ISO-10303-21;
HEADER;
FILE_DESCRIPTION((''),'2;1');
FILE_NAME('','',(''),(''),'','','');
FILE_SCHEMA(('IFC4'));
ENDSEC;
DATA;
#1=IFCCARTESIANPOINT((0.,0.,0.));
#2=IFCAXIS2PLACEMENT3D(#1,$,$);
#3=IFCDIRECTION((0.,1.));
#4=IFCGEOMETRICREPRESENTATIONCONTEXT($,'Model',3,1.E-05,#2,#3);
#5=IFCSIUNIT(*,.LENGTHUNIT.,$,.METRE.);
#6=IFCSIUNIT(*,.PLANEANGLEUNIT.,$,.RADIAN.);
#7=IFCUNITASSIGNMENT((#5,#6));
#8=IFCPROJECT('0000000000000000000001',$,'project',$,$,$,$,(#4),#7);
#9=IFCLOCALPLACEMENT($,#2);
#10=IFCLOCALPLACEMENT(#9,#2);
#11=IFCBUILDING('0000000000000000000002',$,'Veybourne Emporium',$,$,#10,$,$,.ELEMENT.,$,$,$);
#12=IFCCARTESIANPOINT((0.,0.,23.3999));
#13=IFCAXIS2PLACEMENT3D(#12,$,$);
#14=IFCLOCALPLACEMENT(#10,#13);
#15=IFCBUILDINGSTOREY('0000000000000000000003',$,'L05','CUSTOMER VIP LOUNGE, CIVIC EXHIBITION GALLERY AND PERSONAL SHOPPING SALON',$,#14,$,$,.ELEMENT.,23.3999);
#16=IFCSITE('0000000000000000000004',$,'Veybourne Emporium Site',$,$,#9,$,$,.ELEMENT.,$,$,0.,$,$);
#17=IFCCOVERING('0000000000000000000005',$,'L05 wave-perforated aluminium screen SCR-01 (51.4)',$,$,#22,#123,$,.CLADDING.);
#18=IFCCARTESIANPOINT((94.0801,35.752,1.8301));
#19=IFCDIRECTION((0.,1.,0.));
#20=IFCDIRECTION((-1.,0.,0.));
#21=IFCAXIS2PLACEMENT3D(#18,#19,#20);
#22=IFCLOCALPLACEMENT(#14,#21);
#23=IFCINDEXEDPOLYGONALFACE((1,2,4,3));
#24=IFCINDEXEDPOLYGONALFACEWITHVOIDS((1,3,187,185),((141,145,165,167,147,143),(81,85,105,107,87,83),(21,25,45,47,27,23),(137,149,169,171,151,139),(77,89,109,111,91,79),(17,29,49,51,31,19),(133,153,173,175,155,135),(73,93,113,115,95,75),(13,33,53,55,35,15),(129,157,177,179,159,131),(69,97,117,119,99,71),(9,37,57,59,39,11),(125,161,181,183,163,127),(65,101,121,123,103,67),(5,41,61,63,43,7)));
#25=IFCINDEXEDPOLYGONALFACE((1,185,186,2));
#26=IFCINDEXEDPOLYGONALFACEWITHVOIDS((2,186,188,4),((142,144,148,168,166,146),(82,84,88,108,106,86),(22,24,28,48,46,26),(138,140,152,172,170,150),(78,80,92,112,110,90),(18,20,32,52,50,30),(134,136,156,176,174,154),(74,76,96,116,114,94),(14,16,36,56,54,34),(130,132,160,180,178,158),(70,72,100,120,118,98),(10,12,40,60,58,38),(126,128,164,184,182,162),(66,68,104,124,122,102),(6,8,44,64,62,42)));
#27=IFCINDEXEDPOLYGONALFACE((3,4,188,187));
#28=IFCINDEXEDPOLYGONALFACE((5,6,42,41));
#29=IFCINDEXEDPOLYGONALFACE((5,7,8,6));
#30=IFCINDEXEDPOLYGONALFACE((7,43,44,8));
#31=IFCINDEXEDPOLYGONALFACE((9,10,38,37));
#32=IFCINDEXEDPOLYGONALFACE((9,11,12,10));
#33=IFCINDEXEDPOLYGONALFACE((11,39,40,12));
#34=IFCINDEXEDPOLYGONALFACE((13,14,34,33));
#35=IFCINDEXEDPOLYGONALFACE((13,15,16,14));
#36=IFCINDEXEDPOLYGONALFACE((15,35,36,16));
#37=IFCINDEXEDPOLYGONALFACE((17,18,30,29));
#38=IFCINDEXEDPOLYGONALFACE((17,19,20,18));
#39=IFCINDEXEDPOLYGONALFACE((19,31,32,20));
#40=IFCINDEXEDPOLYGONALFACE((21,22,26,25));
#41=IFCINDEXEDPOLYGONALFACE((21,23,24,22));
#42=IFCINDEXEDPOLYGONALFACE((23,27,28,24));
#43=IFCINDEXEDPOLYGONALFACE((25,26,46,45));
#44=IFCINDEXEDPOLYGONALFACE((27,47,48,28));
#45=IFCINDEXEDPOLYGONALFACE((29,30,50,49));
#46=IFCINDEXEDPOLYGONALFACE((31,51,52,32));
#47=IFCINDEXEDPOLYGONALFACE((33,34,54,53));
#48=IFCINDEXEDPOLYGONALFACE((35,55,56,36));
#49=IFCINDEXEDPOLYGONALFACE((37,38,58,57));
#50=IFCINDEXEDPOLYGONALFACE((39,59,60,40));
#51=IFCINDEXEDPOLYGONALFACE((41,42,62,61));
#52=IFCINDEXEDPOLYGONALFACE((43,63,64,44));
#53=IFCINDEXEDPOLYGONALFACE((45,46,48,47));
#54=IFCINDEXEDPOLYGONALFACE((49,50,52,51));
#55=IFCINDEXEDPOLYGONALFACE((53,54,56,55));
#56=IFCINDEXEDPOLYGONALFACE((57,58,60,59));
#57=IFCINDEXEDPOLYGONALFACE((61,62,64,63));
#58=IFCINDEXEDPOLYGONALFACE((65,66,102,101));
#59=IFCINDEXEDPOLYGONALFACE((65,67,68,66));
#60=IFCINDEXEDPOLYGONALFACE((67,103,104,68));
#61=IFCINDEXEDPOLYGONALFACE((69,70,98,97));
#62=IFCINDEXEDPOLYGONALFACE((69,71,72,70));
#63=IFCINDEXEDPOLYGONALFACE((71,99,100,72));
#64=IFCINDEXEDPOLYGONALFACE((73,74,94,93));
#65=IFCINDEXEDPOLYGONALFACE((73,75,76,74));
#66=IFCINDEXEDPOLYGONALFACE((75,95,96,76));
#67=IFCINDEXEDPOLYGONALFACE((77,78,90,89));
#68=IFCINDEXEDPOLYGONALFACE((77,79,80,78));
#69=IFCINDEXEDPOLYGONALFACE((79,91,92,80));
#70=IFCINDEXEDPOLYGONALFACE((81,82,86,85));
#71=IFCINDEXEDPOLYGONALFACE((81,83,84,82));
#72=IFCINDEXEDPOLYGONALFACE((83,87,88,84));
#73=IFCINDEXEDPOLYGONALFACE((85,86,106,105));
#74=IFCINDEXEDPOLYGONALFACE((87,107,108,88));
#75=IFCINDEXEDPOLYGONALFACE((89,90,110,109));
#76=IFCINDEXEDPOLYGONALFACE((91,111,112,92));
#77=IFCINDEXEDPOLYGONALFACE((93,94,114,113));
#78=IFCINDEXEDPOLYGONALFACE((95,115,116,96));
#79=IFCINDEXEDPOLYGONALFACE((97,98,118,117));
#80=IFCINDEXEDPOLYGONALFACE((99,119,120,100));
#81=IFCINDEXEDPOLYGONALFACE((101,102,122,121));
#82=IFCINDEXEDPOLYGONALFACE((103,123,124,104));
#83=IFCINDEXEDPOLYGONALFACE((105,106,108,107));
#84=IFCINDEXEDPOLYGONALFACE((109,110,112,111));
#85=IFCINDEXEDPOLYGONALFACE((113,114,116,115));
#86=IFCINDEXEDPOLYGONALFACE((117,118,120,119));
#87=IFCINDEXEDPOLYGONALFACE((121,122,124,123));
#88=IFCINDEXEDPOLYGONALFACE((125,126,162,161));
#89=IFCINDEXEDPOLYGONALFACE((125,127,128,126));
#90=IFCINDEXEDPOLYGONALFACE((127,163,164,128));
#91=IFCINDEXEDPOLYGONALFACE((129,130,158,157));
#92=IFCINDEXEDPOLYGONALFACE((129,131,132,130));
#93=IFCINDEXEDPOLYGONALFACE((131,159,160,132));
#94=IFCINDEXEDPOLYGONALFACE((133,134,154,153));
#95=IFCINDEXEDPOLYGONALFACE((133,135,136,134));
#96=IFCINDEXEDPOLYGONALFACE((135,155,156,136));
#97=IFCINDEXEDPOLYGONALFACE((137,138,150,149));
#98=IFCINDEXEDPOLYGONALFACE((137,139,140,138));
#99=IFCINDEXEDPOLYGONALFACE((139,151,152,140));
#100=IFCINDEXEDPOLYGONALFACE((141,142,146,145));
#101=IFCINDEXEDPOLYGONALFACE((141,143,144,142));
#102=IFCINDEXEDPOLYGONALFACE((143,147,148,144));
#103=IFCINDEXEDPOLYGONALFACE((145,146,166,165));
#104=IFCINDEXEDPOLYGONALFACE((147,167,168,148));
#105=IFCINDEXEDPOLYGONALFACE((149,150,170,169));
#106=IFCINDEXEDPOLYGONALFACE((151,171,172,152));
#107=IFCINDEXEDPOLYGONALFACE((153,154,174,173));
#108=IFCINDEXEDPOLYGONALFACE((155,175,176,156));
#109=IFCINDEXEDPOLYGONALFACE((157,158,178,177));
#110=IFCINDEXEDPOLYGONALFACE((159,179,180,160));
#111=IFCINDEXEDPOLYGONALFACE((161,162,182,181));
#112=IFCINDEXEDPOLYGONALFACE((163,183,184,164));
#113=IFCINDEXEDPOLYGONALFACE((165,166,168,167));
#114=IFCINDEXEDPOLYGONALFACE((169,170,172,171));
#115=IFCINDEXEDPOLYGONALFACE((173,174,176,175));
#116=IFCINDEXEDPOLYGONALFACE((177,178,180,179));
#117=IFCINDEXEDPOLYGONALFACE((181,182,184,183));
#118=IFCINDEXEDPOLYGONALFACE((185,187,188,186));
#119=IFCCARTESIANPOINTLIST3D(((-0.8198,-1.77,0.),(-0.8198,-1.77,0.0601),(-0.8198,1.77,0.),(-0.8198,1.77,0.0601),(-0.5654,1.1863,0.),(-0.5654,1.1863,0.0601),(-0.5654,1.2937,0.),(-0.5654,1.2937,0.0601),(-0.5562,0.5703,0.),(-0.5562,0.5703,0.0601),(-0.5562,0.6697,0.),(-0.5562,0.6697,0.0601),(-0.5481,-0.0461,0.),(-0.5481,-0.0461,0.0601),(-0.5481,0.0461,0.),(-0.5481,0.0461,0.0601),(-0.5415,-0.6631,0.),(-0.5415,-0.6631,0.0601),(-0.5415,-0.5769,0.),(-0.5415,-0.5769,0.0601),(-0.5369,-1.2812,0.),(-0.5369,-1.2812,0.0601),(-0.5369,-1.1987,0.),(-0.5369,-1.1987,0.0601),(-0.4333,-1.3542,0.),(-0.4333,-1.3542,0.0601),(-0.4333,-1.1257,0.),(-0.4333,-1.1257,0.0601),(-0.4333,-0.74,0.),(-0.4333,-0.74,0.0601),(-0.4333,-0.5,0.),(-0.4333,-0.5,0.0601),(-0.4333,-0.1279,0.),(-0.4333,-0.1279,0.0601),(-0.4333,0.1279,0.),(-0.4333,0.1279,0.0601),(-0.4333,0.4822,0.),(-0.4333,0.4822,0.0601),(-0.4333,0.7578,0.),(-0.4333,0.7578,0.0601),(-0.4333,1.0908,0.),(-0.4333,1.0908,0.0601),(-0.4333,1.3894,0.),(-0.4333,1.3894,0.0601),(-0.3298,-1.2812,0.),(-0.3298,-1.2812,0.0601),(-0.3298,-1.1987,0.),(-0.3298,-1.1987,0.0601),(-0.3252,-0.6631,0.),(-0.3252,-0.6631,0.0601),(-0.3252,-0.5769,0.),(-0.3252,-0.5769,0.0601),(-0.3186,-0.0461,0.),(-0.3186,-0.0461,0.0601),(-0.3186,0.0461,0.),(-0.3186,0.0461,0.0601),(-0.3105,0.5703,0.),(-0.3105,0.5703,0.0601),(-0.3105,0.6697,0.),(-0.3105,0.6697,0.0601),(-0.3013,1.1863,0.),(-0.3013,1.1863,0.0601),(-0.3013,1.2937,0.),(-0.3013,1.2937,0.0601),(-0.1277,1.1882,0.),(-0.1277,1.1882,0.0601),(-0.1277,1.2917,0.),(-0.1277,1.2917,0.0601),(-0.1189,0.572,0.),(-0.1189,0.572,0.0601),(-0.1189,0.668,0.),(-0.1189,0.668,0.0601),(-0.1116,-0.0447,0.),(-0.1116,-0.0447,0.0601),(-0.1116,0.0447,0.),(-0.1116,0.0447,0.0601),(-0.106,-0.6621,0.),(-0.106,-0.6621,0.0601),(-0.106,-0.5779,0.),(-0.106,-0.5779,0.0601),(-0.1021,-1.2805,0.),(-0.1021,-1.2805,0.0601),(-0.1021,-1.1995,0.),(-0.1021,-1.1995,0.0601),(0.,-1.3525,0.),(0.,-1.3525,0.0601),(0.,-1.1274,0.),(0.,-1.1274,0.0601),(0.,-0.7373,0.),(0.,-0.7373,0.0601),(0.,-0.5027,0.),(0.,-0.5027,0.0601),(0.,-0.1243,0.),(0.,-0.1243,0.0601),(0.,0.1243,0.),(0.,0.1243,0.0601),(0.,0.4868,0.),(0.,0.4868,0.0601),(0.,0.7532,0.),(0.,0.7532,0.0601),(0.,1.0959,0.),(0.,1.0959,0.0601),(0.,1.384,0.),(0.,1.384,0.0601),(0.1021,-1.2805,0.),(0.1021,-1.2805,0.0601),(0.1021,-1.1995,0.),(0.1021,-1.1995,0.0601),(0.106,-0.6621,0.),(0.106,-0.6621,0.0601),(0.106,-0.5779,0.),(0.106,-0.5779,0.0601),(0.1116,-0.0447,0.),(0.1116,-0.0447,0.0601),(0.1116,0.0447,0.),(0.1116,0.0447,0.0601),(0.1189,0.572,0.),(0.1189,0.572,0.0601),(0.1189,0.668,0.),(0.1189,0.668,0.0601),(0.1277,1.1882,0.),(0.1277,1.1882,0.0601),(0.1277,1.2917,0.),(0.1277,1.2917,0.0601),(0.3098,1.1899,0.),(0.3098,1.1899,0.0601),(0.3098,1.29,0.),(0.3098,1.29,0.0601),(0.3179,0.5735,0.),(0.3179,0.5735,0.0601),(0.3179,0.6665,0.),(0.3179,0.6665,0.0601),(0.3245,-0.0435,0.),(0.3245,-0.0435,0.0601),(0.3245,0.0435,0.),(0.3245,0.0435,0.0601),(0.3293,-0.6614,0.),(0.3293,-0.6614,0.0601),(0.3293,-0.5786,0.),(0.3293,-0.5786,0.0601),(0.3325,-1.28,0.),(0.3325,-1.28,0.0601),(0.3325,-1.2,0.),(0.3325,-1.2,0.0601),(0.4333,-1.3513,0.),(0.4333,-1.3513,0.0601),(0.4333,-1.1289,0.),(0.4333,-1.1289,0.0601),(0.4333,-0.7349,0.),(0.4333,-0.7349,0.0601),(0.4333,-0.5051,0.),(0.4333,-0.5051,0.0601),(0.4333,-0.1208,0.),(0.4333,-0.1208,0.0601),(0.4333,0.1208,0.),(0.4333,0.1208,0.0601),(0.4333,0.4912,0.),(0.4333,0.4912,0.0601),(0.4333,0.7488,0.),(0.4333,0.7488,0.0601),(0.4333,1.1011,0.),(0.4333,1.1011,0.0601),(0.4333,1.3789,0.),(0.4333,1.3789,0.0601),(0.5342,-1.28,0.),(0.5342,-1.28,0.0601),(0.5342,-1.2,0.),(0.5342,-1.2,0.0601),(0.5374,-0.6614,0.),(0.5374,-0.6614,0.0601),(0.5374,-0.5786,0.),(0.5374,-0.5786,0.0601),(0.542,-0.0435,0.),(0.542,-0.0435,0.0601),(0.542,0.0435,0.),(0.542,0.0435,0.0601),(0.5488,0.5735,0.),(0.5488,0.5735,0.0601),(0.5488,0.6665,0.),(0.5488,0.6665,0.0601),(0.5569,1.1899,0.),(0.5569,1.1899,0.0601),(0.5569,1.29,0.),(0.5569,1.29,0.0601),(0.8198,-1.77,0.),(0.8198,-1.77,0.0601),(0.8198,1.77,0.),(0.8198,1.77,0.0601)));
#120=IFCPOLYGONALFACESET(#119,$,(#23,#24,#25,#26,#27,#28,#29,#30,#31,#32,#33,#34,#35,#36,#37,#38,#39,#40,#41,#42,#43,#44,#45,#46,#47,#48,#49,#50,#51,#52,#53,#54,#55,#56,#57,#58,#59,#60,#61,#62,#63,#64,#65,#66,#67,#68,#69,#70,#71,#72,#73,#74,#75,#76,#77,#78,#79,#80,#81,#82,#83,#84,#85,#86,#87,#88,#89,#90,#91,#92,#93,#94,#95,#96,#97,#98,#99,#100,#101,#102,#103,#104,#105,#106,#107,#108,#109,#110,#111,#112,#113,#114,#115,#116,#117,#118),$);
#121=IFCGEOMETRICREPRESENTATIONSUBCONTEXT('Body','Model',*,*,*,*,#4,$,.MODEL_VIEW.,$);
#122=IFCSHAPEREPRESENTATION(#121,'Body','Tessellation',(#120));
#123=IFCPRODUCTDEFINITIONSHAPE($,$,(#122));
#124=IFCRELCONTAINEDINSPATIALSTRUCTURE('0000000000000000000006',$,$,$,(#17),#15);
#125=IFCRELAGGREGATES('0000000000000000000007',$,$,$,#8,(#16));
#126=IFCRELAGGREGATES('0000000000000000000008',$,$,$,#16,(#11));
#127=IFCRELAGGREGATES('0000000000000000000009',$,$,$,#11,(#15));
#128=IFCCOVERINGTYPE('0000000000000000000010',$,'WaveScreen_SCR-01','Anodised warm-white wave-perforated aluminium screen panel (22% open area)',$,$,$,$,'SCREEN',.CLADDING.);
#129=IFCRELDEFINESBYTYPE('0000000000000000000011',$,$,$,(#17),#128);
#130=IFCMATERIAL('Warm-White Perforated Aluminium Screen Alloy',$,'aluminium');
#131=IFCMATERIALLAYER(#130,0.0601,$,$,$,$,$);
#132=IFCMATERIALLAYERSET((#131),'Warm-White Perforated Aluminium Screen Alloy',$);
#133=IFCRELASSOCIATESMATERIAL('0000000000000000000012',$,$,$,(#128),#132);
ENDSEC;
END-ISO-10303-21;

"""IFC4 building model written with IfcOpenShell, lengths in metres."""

from ifc_helpers import new_model, si_unit, direction, frame, origin, place, context, subcontext, project, spatial, polyline, outline, extrude, material, layer, layer_set, type_object, element, save


model = new_model("IFC4")

# Units and contexts
model_context = context("Model", 3, precision=1e-05, world=origin(), true_north=direction((0.0, 1.0)))
body_context = subcontext(model_context, "Body", "Model", "MODEL_VIEW")
ifc_project = project(units=[si_unit("LENGTHUNIT", "METRE"), si_unit("PLANEANGLEUNIT", "RADIAN")], contexts=[model_context])

# Site, building, storey
site_placement = place(None, origin())
site = spatial("IfcSite", under=ifc_project, at=site_placement, Name="Veybourne Emporium Site", CompositionType="ELEMENT", RefElevation=0.0)
building_placement = place(site_placement, origin())
building = spatial("IfcBuilding", under=site, at=building_placement, Name="Veybourne Emporium", CompositionType="ELEMENT")
storey_placement = place(building_placement, frame((0.0, 0.0, 23.3999)))
storey = spatial("IfcBuildingStorey", under=building, at=storey_placement, Name="L05", Description="CUSTOMER VIP LOUNGE, CIVIC EXHIBITION GALLERY AND PERSONAL SHOPPING SALON", CompositionType="ELEMENT", Elevation=23.3999)

# Covering
ifc_material_1 = material(Name="Warm-White Perforated Aluminium Screen Alloy", Category="aluminium")
ifc_layer_1 = layer(ifc_material_1, 0.0601)
ifc_layer_set_1 = layer_set([ifc_layer_1], Name="Warm-White Perforated Aluminium Screen Alloy")
covering_type_1 = type_object("IfcCoveringType", Name="WaveScreen_SCR-01", Description="Anodised warm-white wave-perforated aluminium screen panel (22% open area)", ElementType="SCREEN", PredefinedType="CLADDING", material=ifc_layer_set_1)
covering_1_placement = place(storey_placement, frame((94.0801, 35.752, 1.8301), z_axis=(0.0, 1.0, 0.0), x_axis=(-1.0, 0.0, 0.0)))
element("IfcCovering", 1, at=covering_1_placement, inside=storey, type_object=covering_type_1, Name="L05 wave-perforated aluminium screen SCR-01 (51.4)", PredefinedType="CLADDING", context=body_context, shape_type="SweptSolid", body=[
    extrude(outline(polyline([(-0.8198, -1.77), (0.8198, -1.77), (0.8198, 1.77), (-0.8198, 1.77), (-0.8198, -1.77)]), holes=[polyline([(-0.4333, -1.1257), (-0.3298, -1.1987), (-0.3298, -1.2812), (-0.4333, -1.3542), (-0.5369, -1.2812), (-0.5369, -1.1987), (-0.4333, -1.1257)]), polyline([(-0.4333, -0.5), (-0.3252, -0.5769), (-0.3252, -0.6631), (-0.4333, -0.74), (-0.5415, -0.6631), (-0.5415, -0.5769), (-0.4333, -0.5)]), polyline([(-0.4333, 0.1279), (-0.3186, 0.0461), (-0.3186, -0.0461), (-0.4333, -0.1279), (-0.5481, -0.0461), (-0.5481, 0.0461), (-0.4333, 0.1279)]), polyline([(-0.4333, 0.7578), (-0.3105, 0.6697), (-0.3105, 0.5703), (-0.4333, 0.4822), (-0.5562, 0.5703), (-0.5562, 0.6697), (-0.4333, 0.7578)]), polyline([(-0.4333, 1.3894), (-0.3013, 1.2937), (-0.3013, 1.1863), (-0.4333, 1.0908), (-0.5654, 1.1863), (-0.5654, 1.2937), (-0.4333, 1.3894)]), polyline([(0.0, -1.1274), (0.1021, -1.1995), (0.1021, -1.2805), (0.0, -1.3525), (-0.1021, -1.2805), (-0.1021, -1.1995), (0.0, -1.1274)]), polyline([(0.0, -0.5027), (0.106, -0.5779), (0.106, -0.6621), (0.0, -0.7373), (-0.106, -0.6621), (-0.106, -0.5779), (0.0, -0.5027)]), polyline([(0.0, 0.1243), (0.1116, 0.0447), (0.1116, -0.0447), (0.0, -0.1243), (-0.1116, -0.0447), (-0.1116, 0.0447), (0.0, 0.1243)]), polyline([(0.0, 0.7532), (0.1189, 0.668), (0.1189, 0.572), (0.0, 0.4868), (-0.1189, 0.572), (-0.1189, 0.668), (0.0, 0.7532)]), polyline([(0.0, 1.384), (0.1277, 1.2917), (0.1277, 1.1882), (0.0, 1.0959), (-0.1277, 1.1882), (-0.1277, 1.2917), (0.0, 1.384)]), polyline([(0.4333, -1.1289), (0.5342, -1.2), (0.5342, -1.28), (0.4333, -1.3513), (0.3325, -1.28), (0.3325, -1.2), (0.4333, -1.1289)]), polyline([(0.4333, -0.5051), (0.5374, -0.5786), (0.5374, -0.6614), (0.4333, -0.7349), (0.3293, -0.6614), (0.3293, -0.5786), (0.4333, -0.5051)]), polyline([(0.4333, 0.1208), (0.542, 0.0435), (0.542, -0.0435), (0.4333, -0.1208), (0.3245, -0.0435), (0.3245, 0.0435), (0.4333, 0.1208)]), polyline([(0.4333, 0.7488), (0.5488, 0.6665), (0.5488, 0.5735), (0.4333, 0.4912), (0.3179, 0.5735), (0.3179, 0.6665), (0.4333, 0.7488)]), polyline([(0.4333, 1.3789), (0.5569, 1.29), (0.5569, 1.1899), (0.4333, 1.1011), (0.3098, 1.1899), (0.3098, 1.29), (0.4333, 1.3789)])]), origin(), (0.0, 0.0, 1.0), 0.0601),
])

save(model, "model.ifc")
